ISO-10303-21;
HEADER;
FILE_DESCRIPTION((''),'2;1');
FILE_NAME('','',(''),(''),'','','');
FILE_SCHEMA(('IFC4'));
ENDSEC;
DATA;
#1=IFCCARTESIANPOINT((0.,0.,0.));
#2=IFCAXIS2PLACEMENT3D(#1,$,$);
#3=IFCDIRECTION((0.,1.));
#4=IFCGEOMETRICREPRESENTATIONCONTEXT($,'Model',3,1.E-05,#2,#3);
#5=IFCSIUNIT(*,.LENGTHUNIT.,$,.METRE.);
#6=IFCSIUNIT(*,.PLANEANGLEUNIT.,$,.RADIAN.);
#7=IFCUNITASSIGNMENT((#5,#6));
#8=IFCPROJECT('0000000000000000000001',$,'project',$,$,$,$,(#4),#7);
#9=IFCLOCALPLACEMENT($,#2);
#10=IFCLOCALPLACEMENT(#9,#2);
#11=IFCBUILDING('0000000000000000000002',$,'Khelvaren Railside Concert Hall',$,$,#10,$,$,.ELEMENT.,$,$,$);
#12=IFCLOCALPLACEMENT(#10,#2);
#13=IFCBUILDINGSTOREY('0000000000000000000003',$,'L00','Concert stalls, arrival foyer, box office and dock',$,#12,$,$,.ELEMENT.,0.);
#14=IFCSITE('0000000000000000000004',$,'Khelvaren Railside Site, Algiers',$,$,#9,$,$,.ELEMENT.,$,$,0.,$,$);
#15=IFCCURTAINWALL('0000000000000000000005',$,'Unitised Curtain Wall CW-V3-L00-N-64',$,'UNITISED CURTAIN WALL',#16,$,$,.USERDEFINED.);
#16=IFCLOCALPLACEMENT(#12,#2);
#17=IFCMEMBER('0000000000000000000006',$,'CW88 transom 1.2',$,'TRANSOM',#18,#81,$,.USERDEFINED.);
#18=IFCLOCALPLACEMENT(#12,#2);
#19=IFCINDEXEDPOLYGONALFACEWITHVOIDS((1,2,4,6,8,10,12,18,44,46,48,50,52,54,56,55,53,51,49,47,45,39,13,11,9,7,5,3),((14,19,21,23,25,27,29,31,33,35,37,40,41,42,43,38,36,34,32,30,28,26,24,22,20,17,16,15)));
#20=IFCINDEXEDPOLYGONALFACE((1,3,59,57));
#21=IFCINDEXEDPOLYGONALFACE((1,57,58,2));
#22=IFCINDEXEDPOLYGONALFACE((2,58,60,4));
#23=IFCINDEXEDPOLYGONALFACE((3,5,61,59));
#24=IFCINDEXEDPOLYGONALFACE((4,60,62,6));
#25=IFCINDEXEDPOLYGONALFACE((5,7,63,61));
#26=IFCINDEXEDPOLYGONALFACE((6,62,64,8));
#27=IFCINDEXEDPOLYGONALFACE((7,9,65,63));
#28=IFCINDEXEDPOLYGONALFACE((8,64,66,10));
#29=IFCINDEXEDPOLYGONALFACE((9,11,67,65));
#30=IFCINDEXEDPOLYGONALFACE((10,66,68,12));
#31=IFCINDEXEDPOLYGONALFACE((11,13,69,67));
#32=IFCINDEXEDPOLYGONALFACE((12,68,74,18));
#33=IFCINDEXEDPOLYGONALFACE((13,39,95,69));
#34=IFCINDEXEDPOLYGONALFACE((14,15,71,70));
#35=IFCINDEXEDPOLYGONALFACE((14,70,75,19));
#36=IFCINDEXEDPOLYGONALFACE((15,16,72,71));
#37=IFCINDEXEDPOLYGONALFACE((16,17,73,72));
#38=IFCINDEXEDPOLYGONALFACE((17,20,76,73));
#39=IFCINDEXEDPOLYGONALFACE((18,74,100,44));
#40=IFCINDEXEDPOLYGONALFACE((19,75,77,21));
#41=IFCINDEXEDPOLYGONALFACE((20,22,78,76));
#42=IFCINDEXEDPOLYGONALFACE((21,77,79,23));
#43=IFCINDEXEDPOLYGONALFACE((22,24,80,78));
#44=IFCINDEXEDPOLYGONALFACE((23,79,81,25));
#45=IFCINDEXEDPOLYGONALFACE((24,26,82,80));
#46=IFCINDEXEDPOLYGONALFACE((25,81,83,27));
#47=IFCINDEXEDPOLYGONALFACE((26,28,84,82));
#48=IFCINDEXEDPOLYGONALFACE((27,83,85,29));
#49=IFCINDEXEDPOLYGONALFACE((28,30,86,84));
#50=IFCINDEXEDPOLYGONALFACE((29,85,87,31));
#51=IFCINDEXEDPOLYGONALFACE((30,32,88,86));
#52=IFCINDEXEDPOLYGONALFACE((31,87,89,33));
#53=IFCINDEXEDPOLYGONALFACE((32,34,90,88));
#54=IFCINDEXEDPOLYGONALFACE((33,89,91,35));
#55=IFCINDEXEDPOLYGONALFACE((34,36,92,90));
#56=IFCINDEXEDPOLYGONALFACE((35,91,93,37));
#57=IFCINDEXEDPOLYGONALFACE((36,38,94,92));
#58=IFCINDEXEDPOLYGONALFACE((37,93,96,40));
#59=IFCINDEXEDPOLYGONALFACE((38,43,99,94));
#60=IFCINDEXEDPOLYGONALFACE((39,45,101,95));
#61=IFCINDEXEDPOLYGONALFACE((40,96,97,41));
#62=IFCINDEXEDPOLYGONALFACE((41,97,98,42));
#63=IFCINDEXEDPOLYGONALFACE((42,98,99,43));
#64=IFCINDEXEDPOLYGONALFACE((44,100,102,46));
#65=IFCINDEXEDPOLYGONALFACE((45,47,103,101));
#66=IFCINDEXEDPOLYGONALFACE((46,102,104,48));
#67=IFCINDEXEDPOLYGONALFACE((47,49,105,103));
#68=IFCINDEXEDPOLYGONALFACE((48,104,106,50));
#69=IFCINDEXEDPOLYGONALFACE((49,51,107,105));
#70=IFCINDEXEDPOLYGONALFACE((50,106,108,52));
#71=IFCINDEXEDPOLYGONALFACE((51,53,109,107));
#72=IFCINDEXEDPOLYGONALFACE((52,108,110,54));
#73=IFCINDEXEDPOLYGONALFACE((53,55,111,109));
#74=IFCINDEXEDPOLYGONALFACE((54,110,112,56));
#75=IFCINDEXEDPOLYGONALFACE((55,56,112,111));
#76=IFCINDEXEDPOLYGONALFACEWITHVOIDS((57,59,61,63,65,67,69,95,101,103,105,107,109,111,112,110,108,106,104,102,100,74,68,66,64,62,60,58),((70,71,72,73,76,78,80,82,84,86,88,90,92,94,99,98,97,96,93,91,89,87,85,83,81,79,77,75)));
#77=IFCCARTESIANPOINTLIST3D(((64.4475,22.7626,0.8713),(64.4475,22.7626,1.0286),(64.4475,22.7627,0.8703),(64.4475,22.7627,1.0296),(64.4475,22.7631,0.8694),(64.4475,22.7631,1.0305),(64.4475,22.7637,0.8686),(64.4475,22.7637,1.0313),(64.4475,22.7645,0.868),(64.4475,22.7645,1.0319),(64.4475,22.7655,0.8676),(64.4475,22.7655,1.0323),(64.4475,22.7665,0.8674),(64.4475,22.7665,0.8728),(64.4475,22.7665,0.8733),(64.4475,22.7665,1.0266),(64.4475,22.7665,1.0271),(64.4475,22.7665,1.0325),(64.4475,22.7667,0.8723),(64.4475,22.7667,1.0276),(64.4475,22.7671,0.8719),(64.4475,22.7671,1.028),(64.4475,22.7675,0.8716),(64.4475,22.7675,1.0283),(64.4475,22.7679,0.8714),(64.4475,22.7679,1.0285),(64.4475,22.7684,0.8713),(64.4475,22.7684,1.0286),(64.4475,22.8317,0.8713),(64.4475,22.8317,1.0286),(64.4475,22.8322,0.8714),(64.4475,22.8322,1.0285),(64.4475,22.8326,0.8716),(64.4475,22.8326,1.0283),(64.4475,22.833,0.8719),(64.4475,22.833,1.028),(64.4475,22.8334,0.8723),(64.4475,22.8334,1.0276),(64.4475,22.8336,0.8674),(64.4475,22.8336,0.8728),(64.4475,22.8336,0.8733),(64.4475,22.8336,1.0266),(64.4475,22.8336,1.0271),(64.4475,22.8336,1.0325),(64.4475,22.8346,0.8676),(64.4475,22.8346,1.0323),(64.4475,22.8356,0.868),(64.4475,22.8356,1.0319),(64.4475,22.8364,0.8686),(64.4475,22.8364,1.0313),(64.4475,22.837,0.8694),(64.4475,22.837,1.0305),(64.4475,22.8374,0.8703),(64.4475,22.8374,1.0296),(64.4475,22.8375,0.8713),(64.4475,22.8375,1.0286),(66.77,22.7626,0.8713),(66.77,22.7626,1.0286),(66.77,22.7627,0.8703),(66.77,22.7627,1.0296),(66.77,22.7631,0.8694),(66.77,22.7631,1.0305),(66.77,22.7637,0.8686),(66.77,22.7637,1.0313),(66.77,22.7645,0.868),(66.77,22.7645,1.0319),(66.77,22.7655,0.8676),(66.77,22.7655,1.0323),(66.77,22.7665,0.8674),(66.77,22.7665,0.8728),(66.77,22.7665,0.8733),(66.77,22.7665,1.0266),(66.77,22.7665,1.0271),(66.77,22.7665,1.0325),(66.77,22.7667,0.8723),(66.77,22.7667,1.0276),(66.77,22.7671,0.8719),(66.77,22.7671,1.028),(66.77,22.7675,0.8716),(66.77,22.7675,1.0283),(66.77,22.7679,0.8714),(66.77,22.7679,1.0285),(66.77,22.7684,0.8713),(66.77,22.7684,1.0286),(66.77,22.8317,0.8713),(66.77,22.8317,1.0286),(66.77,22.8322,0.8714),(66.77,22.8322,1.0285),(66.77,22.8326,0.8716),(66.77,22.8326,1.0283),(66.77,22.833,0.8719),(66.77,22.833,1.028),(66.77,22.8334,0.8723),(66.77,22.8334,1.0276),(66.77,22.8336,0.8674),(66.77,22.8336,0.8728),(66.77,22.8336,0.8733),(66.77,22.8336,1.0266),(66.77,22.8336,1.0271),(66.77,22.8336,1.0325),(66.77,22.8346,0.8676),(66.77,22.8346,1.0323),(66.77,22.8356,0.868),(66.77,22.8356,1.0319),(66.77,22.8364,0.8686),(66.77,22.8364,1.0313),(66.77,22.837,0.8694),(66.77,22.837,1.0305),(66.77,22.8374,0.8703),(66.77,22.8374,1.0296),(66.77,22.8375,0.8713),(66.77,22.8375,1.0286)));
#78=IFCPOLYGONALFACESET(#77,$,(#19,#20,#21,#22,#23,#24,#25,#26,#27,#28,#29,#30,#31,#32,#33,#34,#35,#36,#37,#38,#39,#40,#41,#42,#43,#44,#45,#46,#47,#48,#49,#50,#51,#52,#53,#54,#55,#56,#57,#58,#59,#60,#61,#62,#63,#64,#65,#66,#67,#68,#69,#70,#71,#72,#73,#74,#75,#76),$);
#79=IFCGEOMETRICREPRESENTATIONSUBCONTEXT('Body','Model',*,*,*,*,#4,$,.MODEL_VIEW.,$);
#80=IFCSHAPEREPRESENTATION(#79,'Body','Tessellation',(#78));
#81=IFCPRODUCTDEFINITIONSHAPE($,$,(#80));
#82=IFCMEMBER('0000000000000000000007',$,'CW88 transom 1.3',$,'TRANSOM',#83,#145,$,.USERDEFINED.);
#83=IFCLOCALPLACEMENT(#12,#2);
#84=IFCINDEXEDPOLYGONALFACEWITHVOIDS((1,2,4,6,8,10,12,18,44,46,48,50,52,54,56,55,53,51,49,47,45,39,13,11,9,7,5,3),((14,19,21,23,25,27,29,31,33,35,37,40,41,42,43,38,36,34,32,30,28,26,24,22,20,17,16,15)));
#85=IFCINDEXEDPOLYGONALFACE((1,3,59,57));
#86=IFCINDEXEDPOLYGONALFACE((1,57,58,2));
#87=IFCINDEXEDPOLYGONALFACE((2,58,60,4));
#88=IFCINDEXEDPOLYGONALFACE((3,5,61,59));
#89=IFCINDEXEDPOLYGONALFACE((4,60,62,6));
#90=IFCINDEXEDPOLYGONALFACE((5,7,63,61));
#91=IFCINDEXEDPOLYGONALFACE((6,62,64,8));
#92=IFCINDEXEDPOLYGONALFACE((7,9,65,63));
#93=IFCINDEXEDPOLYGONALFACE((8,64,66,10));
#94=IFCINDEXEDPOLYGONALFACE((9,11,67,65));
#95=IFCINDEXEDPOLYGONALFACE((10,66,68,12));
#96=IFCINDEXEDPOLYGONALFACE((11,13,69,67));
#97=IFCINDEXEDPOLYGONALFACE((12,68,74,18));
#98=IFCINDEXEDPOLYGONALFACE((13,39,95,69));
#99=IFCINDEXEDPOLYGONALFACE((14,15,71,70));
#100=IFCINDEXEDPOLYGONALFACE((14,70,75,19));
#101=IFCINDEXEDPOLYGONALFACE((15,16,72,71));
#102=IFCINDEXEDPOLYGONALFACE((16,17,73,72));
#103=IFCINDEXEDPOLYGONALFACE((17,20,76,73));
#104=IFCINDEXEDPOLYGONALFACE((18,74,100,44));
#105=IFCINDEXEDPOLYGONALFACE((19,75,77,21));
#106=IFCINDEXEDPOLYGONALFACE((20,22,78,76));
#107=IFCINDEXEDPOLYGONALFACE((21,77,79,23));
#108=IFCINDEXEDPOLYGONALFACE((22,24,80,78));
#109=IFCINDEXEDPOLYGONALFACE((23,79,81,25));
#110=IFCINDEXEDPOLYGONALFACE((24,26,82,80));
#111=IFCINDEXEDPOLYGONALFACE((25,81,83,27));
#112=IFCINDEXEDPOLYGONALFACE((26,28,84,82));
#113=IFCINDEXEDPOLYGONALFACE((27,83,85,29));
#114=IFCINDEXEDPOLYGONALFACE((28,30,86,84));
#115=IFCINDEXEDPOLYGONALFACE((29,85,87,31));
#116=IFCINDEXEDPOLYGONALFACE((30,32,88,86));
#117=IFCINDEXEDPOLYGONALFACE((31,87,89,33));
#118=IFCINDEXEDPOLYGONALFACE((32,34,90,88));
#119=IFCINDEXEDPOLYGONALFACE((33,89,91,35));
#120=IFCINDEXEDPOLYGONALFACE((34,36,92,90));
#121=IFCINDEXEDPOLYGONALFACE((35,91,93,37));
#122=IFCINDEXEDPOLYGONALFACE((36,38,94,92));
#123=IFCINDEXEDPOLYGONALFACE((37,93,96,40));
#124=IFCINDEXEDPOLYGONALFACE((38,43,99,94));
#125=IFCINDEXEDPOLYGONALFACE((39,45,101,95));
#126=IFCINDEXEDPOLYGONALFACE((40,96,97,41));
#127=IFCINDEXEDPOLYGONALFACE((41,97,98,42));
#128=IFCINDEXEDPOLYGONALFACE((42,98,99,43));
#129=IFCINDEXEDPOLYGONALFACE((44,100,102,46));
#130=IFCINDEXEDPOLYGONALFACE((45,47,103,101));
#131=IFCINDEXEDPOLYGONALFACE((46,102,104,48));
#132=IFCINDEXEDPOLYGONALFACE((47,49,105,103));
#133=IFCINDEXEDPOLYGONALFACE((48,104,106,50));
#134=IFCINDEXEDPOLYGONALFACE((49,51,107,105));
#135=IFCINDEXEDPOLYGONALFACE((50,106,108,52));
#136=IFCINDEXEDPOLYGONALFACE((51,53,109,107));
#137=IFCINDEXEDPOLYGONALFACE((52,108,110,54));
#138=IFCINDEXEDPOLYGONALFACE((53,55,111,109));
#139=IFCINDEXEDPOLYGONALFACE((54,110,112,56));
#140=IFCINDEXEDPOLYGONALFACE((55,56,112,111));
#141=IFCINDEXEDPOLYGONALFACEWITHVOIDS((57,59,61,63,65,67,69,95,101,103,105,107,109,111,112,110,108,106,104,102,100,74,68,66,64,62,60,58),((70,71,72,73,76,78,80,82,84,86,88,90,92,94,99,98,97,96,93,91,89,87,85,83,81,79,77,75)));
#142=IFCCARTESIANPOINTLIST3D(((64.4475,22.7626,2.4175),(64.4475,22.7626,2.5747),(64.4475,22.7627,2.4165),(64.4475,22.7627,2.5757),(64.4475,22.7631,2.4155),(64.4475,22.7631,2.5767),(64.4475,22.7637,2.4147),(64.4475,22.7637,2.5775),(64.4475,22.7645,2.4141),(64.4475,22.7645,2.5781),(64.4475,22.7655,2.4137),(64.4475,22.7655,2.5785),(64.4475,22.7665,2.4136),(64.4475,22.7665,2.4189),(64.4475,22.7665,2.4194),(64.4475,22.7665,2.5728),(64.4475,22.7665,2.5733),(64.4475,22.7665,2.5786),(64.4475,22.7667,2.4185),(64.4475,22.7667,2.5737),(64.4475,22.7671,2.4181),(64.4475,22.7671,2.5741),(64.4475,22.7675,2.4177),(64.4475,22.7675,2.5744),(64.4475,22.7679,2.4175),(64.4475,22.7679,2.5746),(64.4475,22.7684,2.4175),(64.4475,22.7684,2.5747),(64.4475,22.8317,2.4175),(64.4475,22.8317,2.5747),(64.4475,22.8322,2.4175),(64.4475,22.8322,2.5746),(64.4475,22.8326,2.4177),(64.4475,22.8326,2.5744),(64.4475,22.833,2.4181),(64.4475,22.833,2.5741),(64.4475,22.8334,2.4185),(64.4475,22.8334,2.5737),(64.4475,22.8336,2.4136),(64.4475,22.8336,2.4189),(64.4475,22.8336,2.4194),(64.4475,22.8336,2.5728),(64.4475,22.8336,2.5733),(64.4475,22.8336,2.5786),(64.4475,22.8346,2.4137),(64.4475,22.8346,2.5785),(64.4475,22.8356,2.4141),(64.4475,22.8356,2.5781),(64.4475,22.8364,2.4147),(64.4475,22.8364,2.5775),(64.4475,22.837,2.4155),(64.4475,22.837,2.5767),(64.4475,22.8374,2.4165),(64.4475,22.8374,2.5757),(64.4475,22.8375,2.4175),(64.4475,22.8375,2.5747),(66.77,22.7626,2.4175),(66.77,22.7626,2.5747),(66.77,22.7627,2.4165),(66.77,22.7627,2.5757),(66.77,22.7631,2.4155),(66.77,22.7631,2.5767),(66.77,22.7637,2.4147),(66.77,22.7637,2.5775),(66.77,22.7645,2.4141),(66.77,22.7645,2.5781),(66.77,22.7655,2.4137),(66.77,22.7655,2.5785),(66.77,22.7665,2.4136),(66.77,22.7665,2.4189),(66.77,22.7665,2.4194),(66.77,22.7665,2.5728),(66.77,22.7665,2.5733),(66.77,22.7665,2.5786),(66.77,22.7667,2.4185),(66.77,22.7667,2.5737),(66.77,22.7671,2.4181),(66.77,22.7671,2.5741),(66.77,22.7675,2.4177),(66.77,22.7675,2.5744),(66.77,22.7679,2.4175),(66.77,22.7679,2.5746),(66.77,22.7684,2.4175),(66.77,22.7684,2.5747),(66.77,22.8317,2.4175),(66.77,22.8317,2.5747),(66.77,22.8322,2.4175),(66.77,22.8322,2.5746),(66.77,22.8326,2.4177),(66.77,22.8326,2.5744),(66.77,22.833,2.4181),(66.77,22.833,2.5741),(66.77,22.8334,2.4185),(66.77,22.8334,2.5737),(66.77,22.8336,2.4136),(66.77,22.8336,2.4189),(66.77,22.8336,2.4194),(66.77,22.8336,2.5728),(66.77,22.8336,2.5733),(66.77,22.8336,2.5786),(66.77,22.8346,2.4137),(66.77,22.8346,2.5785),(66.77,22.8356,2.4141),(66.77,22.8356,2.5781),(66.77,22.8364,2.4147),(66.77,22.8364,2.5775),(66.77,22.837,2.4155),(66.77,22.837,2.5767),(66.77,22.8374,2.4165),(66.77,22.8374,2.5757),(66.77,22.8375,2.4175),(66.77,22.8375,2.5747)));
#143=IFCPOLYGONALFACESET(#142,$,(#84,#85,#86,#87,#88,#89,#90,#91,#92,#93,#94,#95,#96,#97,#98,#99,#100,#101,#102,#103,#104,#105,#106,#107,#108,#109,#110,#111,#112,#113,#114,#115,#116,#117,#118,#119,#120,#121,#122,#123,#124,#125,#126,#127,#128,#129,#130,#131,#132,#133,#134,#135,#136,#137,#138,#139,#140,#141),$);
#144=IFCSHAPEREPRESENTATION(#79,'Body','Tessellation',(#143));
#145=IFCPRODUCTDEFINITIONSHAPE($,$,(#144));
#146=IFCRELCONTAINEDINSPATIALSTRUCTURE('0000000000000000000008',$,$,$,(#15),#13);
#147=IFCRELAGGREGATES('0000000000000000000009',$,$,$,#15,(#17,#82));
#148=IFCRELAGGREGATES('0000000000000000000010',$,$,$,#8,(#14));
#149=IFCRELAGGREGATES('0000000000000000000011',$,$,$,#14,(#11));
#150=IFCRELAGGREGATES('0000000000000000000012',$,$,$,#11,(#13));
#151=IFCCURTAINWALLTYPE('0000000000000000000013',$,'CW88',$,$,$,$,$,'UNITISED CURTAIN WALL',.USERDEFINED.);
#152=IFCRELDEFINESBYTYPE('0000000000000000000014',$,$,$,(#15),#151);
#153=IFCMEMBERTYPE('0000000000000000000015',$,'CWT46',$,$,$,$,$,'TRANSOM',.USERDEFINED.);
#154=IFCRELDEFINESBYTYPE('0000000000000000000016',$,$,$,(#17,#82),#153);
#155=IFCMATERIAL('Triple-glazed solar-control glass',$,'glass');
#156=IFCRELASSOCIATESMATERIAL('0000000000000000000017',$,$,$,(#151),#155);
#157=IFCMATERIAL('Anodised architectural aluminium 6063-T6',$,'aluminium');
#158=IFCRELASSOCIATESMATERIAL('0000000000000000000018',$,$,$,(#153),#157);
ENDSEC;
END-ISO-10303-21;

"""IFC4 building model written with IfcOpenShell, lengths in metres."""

from ifc_helpers import new_model, si_unit, direction, frame, origin, origin_2d, place, context, subcontext, project, spatial, hollow_rectangle, extrude, material, material_profile, profile_set, type_object, element, aggregate, save


model = new_model("IFC4")

# Units and contexts
model_context = context("Model", 3, precision=1e-05, world=origin(), true_north=direction((0.0, 1.0)))
body_context = subcontext(model_context, "Body", "Model", "MODEL_VIEW")
ifc_project = project(units=[si_unit("LENGTHUNIT", "METRE"), si_unit("PLANEANGLEUNIT", "RADIAN")], contexts=[model_context])

# Site, building, storey
site_placement = place(None, origin())
site = spatial("IfcSite", under=ifc_project, at=site_placement, Name="Khelvaren Railside Site, Algiers", CompositionType="ELEMENT", RefElevation=0.0)
building_placement = place(site_placement, origin())
building = spatial("IfcBuilding", under=site, at=building_placement, Name="Khelvaren Railside Concert Hall", CompositionType="ELEMENT")
storey_placement = place(building_placement, origin())
storey = spatial("IfcBuildingStorey", under=building, at=storey_placement, Name="L00", Description="Concert stalls, arrival foyer, box office and dock", CompositionType="ELEMENT", Elevation=0.0)

# Shared definitions
ifc_material_1 = material(Name="Triple-glazed solar-control glass", Category="glass")
ifc_material_2 = material(Name="Anodised architectural aluminium 6063-T6", Category="aluminium")

# Curtain wall
curtain_wall_type_1 = type_object("IfcCurtainWallType", Name="CW88", ElementType="UNITISED CURTAIN WALL", PredefinedType="USERDEFINED", material=ifc_material_1)
curtain_wall_1_placement = place(storey_placement, origin())
curtain_wall_1 = element("IfcCurtainWall", 1, at=curtain_wall_1_placement, inside=storey, type_object=curtain_wall_type_1, Name="Unitised Curtain Wall CW-V3-L00-N-64", ObjectType="UNITISED CURTAIN WALL", PredefinedType="USERDEFINED")

# Members
ifc_material_profile_1 = material_profile(ifc_material_2, hollow_rectangle(XDim=0.075, YDim=0.165, WallThickness=0.0039, InnerFilletRadius=0.002, OuterFilletRadius=0.0039, at=origin_2d()), Name="CWT 75x165x4")
ifc_profile_set_1 = profile_set([ifc_material_profile_1], Name="Anodised architectural aluminium 6063-T6")
member_type_1 = type_object("IfcMemberType", Name="CWT46", ElementType="TRANSOM", PredefinedType="USERDEFINED", material=ifc_profile_set_1)
member_1_placement = place(storey_placement, frame((64.4475, 22.8, 0.95), z_axis=(1.0, 0.0, 0.0), x_axis=(0.0, 1.0, 0.0)))
member_1 = element("IfcMember", 2, at=member_1_placement, type_object=member_type_1, Name="CW88 transom 1.2", ObjectType="TRANSOM", PredefinedType="USERDEFINED", context=body_context, shape_type="SweptSolid", body=[
    extrude(hollow_rectangle(XDim=0.075, YDim=0.165, WallThickness=0.0039, InnerFilletRadius=0.002, OuterFilletRadius=0.0039, at=origin_2d()), origin(), (0.0, 0.0, 1.0), 2.3225),
])
member_2_placement = place(storey_placement, frame((64.4475, 22.8, 2.4961), z_axis=(1.0, 0.0, 0.0), x_axis=(0.0, 1.0, 0.0)))
member_2 = element("IfcMember", 3, at=member_2_placement, type_object=member_type_1, Name="CW88 transom 1.3", ObjectType="TRANSOM", PredefinedType="USERDEFINED", context=body_context, shape_type="SweptSolid", body=[
    extrude(hollow_rectangle(XDim=0.075, YDim=0.165, WallThickness=0.0039, InnerFilletRadius=0.002, OuterFilletRadius=0.0039, at=origin_2d()), origin(), (0.0, 0.0, 1.0), 2.3225),
])

aggregate(curtain_wall_1, [member_1, member_2])

save(model, "model.ifc")
